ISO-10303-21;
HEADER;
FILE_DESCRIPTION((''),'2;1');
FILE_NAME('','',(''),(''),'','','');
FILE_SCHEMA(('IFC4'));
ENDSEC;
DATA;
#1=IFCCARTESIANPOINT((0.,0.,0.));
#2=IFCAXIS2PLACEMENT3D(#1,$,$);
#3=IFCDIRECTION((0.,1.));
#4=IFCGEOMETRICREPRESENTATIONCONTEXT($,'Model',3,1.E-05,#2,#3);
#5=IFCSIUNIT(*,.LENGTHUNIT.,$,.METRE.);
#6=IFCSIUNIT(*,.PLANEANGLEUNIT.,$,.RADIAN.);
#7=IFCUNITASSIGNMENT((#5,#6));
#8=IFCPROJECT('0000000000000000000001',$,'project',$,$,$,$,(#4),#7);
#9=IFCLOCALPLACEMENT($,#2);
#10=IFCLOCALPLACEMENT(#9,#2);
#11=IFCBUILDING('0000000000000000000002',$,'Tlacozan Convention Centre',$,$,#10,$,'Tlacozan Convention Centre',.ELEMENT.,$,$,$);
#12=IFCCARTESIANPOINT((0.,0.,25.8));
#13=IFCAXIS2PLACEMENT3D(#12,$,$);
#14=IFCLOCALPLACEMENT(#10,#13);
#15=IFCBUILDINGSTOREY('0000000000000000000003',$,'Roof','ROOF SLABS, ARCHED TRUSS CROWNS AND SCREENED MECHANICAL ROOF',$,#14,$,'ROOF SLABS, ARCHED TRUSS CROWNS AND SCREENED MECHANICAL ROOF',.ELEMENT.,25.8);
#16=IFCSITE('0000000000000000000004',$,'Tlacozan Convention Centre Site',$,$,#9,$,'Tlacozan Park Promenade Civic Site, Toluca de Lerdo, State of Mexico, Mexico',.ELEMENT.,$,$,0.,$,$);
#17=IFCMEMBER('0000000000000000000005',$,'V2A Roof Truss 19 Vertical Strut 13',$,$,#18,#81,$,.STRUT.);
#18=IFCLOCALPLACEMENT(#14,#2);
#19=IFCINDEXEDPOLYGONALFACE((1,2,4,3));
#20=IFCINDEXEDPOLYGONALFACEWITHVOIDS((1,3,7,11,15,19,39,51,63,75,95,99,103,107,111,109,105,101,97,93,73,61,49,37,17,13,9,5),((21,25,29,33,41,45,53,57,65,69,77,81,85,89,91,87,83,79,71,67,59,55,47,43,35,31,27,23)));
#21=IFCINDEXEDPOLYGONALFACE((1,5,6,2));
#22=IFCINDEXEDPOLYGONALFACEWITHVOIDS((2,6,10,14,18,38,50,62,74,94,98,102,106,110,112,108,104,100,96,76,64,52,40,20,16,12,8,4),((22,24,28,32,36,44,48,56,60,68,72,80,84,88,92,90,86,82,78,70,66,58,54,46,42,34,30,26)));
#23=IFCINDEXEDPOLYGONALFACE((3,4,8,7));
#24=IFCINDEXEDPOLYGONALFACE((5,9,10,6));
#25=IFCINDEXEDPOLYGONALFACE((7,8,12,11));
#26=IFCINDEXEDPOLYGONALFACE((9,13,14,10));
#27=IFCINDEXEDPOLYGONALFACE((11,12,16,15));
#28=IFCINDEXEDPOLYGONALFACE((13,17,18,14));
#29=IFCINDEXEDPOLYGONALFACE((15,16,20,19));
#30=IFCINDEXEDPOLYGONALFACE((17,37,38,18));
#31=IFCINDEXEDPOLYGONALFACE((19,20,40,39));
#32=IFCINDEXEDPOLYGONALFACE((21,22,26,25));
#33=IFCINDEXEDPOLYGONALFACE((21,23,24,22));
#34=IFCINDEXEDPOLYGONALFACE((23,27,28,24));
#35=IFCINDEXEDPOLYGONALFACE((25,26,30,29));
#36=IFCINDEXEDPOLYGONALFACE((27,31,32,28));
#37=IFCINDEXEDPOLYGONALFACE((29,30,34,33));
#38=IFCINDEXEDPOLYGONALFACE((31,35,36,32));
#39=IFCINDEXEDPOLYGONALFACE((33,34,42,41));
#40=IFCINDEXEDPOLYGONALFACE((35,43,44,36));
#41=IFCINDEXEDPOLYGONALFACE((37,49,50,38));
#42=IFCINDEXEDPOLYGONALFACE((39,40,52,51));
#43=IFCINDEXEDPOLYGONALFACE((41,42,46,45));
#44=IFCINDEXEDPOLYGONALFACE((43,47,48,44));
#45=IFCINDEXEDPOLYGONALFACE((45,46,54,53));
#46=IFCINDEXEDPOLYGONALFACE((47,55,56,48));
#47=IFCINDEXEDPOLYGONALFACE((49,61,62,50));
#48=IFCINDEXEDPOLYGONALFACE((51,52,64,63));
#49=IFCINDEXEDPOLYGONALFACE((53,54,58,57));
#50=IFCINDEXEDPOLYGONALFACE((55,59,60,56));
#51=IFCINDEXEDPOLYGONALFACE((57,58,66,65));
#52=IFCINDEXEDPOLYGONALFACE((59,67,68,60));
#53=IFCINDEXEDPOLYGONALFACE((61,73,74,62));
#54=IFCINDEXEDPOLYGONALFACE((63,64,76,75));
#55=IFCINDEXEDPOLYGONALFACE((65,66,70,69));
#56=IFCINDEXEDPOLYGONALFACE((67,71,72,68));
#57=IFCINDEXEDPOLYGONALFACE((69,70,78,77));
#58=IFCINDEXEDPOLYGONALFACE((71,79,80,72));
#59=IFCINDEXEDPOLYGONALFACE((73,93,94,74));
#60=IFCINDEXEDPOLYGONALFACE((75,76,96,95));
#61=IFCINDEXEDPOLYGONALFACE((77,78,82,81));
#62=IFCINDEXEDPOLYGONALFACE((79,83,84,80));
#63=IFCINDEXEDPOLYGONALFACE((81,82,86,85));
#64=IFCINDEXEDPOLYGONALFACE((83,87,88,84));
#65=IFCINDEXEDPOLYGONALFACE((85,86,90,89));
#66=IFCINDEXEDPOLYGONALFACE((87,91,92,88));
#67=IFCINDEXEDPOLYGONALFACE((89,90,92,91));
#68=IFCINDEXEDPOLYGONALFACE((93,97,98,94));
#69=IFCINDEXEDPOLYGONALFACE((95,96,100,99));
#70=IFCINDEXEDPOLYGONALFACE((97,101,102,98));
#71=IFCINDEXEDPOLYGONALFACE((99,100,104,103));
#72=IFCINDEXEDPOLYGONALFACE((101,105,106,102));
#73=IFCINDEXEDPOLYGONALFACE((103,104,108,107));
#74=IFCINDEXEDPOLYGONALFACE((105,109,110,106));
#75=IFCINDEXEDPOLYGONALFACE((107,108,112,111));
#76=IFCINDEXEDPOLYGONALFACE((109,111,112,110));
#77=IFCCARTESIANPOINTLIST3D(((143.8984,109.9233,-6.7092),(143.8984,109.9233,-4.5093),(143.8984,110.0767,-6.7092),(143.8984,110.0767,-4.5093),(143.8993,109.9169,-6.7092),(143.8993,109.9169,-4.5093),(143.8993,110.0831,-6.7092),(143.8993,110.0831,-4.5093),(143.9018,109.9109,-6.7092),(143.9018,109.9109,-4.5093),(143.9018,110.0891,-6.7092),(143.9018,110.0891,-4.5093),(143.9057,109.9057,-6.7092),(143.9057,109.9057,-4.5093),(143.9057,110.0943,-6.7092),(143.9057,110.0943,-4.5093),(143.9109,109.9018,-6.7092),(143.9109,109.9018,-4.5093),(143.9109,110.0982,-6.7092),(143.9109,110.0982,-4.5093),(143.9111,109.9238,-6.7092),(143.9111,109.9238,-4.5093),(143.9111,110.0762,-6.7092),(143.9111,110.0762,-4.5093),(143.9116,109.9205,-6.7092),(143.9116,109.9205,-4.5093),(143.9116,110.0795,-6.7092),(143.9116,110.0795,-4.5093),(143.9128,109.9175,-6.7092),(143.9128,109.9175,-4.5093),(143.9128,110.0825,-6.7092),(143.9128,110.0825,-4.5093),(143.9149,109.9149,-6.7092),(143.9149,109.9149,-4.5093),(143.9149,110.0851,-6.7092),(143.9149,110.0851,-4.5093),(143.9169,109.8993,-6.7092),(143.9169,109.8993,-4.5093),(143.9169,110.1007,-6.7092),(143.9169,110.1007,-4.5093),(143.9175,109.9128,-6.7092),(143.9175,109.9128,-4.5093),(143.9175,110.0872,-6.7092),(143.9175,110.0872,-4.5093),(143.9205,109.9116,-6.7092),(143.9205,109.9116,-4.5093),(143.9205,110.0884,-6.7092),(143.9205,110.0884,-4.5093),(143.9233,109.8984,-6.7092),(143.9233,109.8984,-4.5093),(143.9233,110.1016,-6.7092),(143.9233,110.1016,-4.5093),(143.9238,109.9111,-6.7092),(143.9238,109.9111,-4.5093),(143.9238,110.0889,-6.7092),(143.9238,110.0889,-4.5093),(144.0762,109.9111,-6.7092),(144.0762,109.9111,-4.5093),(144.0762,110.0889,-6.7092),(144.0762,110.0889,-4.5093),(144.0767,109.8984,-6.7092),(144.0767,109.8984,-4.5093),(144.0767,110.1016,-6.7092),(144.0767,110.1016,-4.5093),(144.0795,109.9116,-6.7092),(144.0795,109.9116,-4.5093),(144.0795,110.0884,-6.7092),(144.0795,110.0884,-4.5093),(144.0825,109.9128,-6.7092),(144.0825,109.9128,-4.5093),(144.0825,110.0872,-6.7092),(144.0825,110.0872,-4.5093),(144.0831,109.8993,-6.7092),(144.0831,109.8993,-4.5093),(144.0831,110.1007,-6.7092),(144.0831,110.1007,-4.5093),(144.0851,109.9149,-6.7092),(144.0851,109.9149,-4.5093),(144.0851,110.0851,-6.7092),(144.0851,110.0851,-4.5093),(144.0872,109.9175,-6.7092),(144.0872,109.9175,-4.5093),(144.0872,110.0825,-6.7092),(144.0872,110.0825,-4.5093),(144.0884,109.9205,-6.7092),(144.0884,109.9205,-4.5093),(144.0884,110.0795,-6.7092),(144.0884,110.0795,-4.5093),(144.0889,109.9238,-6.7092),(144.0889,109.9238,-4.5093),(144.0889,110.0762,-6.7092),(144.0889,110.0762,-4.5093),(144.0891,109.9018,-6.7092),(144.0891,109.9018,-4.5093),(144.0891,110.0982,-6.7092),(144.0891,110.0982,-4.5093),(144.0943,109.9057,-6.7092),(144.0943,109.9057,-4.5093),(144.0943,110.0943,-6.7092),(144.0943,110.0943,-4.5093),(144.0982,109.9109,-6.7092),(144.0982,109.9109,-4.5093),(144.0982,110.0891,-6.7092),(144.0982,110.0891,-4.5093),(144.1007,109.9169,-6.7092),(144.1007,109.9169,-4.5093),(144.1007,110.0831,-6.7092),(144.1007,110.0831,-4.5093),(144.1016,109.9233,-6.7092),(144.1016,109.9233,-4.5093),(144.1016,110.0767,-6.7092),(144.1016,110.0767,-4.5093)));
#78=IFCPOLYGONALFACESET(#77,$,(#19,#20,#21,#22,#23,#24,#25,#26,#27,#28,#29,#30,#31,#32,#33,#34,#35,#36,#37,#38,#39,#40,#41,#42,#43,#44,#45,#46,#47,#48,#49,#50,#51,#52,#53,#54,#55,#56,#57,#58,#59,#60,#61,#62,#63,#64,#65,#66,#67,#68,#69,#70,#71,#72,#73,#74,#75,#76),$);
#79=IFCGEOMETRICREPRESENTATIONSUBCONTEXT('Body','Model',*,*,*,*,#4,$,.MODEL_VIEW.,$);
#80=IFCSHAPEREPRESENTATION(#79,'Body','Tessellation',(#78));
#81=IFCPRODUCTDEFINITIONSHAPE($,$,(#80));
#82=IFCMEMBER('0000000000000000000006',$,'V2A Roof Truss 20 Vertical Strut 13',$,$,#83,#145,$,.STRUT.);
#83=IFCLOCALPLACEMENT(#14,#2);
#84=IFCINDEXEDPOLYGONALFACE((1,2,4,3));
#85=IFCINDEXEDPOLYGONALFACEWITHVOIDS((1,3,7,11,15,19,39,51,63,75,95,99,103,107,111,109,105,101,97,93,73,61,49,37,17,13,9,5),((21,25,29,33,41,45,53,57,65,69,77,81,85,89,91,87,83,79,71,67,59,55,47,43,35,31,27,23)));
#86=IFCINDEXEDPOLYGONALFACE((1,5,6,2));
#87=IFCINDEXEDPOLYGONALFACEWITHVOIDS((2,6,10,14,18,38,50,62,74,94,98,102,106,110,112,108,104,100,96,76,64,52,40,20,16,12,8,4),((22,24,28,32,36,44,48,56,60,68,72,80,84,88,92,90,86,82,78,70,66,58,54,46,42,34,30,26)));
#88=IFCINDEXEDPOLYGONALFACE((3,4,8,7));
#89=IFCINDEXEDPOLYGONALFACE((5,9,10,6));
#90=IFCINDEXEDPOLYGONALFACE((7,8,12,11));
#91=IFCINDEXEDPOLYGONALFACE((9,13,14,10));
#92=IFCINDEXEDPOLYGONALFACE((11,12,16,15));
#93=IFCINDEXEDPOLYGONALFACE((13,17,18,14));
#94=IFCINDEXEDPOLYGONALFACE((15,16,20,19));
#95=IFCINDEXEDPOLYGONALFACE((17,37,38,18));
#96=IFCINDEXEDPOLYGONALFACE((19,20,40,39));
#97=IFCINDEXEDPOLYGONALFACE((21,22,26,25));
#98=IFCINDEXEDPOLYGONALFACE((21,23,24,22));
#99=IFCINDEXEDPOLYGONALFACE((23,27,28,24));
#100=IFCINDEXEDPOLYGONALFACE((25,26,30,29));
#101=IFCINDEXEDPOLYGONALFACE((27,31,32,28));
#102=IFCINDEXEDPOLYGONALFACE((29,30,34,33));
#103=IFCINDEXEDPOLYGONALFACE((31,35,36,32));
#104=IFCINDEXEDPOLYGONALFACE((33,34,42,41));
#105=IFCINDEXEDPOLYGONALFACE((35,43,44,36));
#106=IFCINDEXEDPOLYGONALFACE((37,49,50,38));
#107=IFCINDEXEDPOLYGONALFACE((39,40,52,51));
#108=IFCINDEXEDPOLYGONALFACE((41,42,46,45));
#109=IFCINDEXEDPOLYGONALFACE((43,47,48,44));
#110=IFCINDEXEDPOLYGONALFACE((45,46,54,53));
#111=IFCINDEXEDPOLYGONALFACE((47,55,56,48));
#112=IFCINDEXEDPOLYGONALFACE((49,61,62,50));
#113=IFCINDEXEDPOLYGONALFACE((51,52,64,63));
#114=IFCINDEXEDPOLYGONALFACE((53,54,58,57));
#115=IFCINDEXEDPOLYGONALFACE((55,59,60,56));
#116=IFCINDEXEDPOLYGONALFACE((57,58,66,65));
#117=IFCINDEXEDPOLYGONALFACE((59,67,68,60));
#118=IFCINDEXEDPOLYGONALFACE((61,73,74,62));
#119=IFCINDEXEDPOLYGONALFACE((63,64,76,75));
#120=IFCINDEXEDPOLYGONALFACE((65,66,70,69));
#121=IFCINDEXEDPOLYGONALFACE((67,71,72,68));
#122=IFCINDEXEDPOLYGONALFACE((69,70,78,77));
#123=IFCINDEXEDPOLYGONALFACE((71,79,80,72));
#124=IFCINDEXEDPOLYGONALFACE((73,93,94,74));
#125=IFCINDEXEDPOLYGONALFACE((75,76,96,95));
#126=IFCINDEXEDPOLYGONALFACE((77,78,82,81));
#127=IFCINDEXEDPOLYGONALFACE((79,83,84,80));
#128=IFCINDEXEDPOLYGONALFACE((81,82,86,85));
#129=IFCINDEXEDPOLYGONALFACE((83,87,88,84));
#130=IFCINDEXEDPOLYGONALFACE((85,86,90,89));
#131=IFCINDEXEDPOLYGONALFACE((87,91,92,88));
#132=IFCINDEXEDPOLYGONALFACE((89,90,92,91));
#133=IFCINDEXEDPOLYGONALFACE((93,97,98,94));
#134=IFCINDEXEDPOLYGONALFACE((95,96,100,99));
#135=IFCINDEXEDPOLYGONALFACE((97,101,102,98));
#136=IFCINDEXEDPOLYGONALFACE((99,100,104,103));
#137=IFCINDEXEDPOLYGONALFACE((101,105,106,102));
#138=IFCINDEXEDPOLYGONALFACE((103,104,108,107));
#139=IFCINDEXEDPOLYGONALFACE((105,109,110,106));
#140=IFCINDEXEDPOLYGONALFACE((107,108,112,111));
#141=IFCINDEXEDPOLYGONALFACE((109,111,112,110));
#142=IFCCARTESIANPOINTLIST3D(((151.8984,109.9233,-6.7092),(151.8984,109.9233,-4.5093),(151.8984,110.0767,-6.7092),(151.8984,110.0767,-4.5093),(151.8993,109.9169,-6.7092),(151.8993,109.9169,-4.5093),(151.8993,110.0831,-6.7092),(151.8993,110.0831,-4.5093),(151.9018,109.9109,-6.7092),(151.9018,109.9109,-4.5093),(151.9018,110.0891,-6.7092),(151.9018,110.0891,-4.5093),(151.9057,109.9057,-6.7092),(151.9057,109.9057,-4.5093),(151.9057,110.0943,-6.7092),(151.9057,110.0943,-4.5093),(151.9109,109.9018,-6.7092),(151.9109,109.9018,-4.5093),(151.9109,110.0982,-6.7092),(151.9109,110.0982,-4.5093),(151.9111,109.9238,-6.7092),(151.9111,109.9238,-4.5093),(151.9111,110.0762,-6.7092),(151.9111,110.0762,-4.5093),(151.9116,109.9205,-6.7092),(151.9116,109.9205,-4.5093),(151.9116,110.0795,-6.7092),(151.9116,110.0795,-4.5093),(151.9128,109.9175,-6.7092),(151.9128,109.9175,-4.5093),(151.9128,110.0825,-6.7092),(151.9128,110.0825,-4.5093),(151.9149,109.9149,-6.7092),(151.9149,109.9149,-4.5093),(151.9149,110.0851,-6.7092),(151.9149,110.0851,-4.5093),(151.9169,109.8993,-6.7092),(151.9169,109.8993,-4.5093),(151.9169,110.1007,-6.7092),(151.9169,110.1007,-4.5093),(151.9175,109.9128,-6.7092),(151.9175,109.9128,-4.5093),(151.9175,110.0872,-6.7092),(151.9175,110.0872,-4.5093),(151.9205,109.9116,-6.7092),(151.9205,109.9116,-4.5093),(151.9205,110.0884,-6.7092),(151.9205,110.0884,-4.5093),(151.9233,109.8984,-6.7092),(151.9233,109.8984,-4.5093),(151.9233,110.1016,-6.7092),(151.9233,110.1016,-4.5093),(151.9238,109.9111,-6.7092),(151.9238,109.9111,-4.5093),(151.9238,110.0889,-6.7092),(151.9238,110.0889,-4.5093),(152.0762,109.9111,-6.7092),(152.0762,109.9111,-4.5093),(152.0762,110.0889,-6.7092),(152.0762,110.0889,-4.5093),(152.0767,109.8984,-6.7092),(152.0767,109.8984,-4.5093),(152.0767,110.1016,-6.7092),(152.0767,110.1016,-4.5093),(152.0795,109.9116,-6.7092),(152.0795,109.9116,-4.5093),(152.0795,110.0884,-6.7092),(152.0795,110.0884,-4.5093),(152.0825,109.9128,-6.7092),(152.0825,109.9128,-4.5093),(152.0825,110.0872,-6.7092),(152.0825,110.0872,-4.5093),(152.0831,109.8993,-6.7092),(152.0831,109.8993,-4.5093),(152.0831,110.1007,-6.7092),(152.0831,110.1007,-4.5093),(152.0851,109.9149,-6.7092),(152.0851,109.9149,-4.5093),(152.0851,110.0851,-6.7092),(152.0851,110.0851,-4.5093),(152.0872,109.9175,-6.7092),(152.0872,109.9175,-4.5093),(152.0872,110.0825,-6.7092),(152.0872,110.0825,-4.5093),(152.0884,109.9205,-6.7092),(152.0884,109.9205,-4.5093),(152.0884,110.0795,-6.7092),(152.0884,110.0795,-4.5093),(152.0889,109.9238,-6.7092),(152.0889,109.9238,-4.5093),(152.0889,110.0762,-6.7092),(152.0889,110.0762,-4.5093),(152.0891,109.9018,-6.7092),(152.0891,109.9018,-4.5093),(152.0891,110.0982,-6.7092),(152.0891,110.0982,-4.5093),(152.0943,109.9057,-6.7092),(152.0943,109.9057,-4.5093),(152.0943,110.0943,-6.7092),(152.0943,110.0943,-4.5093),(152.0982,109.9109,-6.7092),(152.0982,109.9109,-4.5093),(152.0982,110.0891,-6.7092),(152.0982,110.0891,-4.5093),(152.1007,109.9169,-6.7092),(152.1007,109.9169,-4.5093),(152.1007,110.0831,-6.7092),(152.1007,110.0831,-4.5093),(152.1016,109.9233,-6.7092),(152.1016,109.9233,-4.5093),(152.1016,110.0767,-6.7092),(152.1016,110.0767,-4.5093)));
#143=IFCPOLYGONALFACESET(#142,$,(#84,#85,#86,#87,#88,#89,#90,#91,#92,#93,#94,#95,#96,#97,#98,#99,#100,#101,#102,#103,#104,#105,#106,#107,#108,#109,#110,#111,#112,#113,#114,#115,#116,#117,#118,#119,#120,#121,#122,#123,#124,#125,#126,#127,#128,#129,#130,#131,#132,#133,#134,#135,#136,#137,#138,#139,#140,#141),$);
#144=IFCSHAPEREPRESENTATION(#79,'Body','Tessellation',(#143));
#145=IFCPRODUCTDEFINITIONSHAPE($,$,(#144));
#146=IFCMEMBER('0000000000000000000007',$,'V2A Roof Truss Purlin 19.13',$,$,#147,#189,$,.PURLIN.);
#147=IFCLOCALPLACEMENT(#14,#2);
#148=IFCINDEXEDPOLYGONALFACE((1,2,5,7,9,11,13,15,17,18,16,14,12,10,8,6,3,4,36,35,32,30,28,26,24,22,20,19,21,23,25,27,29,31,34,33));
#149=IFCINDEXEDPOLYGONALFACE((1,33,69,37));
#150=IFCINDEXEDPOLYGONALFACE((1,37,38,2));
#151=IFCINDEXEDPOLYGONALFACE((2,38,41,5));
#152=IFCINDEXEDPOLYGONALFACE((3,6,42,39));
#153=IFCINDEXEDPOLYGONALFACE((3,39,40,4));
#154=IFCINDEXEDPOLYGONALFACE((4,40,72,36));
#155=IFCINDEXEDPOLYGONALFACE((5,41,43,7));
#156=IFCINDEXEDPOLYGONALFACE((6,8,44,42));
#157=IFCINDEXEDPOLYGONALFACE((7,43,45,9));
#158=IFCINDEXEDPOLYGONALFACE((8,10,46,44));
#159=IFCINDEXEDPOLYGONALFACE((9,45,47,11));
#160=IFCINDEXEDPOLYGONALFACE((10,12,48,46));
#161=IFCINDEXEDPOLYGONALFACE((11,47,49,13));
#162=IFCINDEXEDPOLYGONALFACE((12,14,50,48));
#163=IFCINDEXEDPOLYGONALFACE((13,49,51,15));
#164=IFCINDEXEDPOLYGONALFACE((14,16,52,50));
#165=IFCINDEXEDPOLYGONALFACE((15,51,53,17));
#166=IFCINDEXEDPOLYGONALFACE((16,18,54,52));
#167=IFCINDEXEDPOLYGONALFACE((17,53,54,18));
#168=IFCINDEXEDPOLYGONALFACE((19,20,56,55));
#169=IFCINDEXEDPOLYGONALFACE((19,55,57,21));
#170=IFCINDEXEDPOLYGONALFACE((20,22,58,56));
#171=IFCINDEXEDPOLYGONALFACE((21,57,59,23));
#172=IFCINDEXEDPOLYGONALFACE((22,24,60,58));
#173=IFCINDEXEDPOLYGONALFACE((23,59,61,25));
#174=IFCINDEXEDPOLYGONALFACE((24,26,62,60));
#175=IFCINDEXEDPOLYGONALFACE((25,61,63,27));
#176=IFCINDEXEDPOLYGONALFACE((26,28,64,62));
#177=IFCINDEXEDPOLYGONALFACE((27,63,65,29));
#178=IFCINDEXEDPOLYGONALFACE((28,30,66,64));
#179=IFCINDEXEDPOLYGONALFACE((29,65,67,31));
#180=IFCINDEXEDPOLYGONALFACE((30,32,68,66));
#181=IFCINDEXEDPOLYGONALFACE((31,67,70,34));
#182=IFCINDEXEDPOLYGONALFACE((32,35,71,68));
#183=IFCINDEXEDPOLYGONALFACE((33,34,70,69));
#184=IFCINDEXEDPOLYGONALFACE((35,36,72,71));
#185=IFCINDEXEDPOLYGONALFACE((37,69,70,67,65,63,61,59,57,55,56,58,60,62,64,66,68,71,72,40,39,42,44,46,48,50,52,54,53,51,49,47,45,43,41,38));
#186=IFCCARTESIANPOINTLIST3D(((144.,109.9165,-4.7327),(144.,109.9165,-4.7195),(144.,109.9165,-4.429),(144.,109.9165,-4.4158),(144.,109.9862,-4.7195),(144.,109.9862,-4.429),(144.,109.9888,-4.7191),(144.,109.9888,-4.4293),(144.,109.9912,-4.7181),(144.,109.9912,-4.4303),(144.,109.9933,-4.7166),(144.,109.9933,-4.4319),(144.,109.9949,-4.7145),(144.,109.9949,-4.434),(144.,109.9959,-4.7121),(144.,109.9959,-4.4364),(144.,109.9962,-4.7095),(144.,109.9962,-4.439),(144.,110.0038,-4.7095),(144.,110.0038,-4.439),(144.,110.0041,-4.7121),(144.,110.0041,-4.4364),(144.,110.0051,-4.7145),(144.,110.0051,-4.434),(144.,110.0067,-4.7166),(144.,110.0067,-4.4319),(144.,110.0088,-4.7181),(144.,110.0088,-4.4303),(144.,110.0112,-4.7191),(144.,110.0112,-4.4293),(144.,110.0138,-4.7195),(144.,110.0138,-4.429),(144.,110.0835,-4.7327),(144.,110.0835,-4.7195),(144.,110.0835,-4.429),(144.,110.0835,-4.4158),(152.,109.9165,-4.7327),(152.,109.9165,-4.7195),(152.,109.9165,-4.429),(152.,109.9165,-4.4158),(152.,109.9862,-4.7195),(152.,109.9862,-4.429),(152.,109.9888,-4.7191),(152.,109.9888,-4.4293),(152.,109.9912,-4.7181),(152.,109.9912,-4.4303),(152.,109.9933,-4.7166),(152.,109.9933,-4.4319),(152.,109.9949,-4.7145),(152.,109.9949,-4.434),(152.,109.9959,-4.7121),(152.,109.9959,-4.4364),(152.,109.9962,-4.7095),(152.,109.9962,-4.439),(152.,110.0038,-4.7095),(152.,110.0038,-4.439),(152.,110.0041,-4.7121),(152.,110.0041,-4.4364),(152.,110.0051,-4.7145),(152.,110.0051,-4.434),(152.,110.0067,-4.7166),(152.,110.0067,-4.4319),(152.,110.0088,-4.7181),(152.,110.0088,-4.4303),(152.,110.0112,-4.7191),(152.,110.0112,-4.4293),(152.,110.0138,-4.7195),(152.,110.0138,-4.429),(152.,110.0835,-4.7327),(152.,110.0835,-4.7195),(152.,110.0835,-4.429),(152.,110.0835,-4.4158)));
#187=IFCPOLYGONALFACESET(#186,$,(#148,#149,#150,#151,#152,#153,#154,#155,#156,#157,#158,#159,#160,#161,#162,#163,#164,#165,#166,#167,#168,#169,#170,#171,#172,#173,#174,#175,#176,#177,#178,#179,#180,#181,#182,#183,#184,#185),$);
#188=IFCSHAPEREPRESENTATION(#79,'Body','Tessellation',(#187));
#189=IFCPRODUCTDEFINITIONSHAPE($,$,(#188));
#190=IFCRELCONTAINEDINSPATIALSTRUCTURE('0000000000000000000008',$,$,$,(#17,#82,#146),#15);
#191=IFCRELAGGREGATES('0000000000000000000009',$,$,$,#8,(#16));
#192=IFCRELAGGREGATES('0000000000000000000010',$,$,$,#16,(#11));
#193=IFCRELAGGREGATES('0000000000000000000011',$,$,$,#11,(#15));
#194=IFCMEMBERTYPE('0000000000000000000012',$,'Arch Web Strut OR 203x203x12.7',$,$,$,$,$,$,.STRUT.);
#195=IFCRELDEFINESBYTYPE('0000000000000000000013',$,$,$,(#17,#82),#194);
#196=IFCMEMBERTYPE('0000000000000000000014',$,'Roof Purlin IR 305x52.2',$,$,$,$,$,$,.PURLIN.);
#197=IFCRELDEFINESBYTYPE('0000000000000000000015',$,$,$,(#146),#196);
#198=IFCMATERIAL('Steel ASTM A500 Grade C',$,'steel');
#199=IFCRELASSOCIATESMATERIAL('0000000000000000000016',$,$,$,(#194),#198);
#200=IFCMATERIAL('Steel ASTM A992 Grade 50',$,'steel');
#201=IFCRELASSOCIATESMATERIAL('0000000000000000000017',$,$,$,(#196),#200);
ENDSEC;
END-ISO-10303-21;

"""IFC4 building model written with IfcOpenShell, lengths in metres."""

from ifc_helpers import new_model, si_unit, direction, frame, origin, origin_2d, place, context, subcontext, project, spatial, hollow_rectangle, i_section, extrude, material, material_profile, profile_set, type_object, element, save


model = new_model("IFC4")

# Units and contexts
model_context = context("Model", 3, precision=1e-05, world=origin(), true_north=direction((0.0, 1.0)))
body_context = subcontext(model_context, "Body", "Model", "MODEL_VIEW")
ifc_project = project(units=[si_unit("LENGTHUNIT", "METRE"), si_unit("PLANEANGLEUNIT", "RADIAN")], contexts=[model_context])

# Site, building, storey
site_placement = place(None, origin())
site = spatial("IfcSite", under=ifc_project, at=site_placement, Name="Tlacozan Convention Centre Site", LongName="Tlacozan Park Promenade Civic Site, Toluca de Lerdo, State of Mexico, Mexico", CompositionType="ELEMENT", RefElevation=0.0)
building_placement = place(site_placement, origin())
building = spatial("IfcBuilding", under=site, at=building_placement, Name="Tlacozan Convention Centre", LongName="Tlacozan Convention Centre", CompositionType="ELEMENT")
storey_placement = place(building_placement, frame((0.0, 0.0, 25.8)))
storey = spatial("IfcBuildingStorey", under=building, at=storey_placement, Name="Roof", Description="ROOF SLABS, ARCHED TRUSS CROWNS AND SCREENED MECHANICAL ROOF", LongName="ROOF SLABS, ARCHED TRUSS CROWNS AND SCREENED MECHANICAL ROOF", CompositionType="ELEMENT", Elevation=25.8)

# Members
ifc_material_1 = material(Name="Steel ASTM A500 Grade C", Category="steel")
ifc_material_profile_1 = material_profile(ifc_material_1, hollow_rectangle(XDim=0.2031, YDim=0.2031, WallThickness=0.0127, InnerFilletRadius=0.0127, OuterFilletRadius=0.0249, at=origin_2d()), Name="OR 203x203x12.7")
ifc_profile_set_1 = profile_set([ifc_material_profile_1], Name="Steel ASTM A500 Grade C")
member_type_1 = type_object("IfcMemberType", Name="Arch Web Strut OR 203x203x12.7", PredefinedType="STRUT", material=ifc_profile_set_1)
for number, where, z_axis, x_axis, name in (
    (1, (144.0, 110.0, -6.7092), (0.0, 0.0, 1.0), (1.0, 0.0, 0.0), "V2A Roof Truss 19 Vertical Strut 13"),
    (2, (152.0, 110.0, -6.7092), (0.0, 0.0, 1.0), (1.0, 0.0, 0.0), "V2A Roof Truss 20 Vertical Strut 13"),
):
    element("IfcMember", number, at=place(storey_placement, frame(where, z_axis=z_axis, x_axis=x_axis)), inside=storey, type_object=member_type_1, Name=name, PredefinedType="STRUT", context=body_context, shape_type="SweptSolid", body=[
        extrude(hollow_rectangle(XDim=0.2031, YDim=0.2031, WallThickness=0.0127, InnerFilletRadius=0.0127, OuterFilletRadius=0.0249, at=origin_2d()), origin(), (0.0, 0.0, 1.0), 2.2),
    ])
ifc_material_2 = material(Name="Steel ASTM A992 Grade 50", Category="steel")
ifc_material_profile_2 = material_profile(ifc_material_2, i_section(OverallWidth=0.167, OverallDepth=0.3169, WebThickness=0.0076, FlangeThickness=0.0132, FilletRadius=0.01, at=origin_2d()), Name="IR 305x52.2")
ifc_profile_set_2 = profile_set([ifc_material_profile_2], Name="Steel ASTM A992 Grade 50")
member_type_2 = type_object("IfcMemberType", Name="Roof Purlin IR 305x52.2", PredefinedType="PURLIN", material=ifc_profile_set_2)
for number, where, z_axis, x_axis, name in (
    (3, (144.0, 110.0, -4.5742), (1.0, 0.0, 0.0), (0.0, 1.0, 0.0), "V2A Roof Truss Purlin 19.13"),
):
    element("IfcMember", number, at=place(storey_placement, frame(where, z_axis=z_axis, x_axis=x_axis)), inside=storey, type_object=member_type_2, Name=name, PredefinedType="PURLIN", context=body_context, shape_type="SweptSolid", body=[
        extrude(i_section(OverallWidth=0.167, OverallDepth=0.3169, WebThickness=0.0076, FlangeThickness=0.0132, FilletRadius=0.01, at=origin_2d()), origin(), (0.0, 0.0, 1.0), 8.0),
    ])

save(model, "model.ifc")
